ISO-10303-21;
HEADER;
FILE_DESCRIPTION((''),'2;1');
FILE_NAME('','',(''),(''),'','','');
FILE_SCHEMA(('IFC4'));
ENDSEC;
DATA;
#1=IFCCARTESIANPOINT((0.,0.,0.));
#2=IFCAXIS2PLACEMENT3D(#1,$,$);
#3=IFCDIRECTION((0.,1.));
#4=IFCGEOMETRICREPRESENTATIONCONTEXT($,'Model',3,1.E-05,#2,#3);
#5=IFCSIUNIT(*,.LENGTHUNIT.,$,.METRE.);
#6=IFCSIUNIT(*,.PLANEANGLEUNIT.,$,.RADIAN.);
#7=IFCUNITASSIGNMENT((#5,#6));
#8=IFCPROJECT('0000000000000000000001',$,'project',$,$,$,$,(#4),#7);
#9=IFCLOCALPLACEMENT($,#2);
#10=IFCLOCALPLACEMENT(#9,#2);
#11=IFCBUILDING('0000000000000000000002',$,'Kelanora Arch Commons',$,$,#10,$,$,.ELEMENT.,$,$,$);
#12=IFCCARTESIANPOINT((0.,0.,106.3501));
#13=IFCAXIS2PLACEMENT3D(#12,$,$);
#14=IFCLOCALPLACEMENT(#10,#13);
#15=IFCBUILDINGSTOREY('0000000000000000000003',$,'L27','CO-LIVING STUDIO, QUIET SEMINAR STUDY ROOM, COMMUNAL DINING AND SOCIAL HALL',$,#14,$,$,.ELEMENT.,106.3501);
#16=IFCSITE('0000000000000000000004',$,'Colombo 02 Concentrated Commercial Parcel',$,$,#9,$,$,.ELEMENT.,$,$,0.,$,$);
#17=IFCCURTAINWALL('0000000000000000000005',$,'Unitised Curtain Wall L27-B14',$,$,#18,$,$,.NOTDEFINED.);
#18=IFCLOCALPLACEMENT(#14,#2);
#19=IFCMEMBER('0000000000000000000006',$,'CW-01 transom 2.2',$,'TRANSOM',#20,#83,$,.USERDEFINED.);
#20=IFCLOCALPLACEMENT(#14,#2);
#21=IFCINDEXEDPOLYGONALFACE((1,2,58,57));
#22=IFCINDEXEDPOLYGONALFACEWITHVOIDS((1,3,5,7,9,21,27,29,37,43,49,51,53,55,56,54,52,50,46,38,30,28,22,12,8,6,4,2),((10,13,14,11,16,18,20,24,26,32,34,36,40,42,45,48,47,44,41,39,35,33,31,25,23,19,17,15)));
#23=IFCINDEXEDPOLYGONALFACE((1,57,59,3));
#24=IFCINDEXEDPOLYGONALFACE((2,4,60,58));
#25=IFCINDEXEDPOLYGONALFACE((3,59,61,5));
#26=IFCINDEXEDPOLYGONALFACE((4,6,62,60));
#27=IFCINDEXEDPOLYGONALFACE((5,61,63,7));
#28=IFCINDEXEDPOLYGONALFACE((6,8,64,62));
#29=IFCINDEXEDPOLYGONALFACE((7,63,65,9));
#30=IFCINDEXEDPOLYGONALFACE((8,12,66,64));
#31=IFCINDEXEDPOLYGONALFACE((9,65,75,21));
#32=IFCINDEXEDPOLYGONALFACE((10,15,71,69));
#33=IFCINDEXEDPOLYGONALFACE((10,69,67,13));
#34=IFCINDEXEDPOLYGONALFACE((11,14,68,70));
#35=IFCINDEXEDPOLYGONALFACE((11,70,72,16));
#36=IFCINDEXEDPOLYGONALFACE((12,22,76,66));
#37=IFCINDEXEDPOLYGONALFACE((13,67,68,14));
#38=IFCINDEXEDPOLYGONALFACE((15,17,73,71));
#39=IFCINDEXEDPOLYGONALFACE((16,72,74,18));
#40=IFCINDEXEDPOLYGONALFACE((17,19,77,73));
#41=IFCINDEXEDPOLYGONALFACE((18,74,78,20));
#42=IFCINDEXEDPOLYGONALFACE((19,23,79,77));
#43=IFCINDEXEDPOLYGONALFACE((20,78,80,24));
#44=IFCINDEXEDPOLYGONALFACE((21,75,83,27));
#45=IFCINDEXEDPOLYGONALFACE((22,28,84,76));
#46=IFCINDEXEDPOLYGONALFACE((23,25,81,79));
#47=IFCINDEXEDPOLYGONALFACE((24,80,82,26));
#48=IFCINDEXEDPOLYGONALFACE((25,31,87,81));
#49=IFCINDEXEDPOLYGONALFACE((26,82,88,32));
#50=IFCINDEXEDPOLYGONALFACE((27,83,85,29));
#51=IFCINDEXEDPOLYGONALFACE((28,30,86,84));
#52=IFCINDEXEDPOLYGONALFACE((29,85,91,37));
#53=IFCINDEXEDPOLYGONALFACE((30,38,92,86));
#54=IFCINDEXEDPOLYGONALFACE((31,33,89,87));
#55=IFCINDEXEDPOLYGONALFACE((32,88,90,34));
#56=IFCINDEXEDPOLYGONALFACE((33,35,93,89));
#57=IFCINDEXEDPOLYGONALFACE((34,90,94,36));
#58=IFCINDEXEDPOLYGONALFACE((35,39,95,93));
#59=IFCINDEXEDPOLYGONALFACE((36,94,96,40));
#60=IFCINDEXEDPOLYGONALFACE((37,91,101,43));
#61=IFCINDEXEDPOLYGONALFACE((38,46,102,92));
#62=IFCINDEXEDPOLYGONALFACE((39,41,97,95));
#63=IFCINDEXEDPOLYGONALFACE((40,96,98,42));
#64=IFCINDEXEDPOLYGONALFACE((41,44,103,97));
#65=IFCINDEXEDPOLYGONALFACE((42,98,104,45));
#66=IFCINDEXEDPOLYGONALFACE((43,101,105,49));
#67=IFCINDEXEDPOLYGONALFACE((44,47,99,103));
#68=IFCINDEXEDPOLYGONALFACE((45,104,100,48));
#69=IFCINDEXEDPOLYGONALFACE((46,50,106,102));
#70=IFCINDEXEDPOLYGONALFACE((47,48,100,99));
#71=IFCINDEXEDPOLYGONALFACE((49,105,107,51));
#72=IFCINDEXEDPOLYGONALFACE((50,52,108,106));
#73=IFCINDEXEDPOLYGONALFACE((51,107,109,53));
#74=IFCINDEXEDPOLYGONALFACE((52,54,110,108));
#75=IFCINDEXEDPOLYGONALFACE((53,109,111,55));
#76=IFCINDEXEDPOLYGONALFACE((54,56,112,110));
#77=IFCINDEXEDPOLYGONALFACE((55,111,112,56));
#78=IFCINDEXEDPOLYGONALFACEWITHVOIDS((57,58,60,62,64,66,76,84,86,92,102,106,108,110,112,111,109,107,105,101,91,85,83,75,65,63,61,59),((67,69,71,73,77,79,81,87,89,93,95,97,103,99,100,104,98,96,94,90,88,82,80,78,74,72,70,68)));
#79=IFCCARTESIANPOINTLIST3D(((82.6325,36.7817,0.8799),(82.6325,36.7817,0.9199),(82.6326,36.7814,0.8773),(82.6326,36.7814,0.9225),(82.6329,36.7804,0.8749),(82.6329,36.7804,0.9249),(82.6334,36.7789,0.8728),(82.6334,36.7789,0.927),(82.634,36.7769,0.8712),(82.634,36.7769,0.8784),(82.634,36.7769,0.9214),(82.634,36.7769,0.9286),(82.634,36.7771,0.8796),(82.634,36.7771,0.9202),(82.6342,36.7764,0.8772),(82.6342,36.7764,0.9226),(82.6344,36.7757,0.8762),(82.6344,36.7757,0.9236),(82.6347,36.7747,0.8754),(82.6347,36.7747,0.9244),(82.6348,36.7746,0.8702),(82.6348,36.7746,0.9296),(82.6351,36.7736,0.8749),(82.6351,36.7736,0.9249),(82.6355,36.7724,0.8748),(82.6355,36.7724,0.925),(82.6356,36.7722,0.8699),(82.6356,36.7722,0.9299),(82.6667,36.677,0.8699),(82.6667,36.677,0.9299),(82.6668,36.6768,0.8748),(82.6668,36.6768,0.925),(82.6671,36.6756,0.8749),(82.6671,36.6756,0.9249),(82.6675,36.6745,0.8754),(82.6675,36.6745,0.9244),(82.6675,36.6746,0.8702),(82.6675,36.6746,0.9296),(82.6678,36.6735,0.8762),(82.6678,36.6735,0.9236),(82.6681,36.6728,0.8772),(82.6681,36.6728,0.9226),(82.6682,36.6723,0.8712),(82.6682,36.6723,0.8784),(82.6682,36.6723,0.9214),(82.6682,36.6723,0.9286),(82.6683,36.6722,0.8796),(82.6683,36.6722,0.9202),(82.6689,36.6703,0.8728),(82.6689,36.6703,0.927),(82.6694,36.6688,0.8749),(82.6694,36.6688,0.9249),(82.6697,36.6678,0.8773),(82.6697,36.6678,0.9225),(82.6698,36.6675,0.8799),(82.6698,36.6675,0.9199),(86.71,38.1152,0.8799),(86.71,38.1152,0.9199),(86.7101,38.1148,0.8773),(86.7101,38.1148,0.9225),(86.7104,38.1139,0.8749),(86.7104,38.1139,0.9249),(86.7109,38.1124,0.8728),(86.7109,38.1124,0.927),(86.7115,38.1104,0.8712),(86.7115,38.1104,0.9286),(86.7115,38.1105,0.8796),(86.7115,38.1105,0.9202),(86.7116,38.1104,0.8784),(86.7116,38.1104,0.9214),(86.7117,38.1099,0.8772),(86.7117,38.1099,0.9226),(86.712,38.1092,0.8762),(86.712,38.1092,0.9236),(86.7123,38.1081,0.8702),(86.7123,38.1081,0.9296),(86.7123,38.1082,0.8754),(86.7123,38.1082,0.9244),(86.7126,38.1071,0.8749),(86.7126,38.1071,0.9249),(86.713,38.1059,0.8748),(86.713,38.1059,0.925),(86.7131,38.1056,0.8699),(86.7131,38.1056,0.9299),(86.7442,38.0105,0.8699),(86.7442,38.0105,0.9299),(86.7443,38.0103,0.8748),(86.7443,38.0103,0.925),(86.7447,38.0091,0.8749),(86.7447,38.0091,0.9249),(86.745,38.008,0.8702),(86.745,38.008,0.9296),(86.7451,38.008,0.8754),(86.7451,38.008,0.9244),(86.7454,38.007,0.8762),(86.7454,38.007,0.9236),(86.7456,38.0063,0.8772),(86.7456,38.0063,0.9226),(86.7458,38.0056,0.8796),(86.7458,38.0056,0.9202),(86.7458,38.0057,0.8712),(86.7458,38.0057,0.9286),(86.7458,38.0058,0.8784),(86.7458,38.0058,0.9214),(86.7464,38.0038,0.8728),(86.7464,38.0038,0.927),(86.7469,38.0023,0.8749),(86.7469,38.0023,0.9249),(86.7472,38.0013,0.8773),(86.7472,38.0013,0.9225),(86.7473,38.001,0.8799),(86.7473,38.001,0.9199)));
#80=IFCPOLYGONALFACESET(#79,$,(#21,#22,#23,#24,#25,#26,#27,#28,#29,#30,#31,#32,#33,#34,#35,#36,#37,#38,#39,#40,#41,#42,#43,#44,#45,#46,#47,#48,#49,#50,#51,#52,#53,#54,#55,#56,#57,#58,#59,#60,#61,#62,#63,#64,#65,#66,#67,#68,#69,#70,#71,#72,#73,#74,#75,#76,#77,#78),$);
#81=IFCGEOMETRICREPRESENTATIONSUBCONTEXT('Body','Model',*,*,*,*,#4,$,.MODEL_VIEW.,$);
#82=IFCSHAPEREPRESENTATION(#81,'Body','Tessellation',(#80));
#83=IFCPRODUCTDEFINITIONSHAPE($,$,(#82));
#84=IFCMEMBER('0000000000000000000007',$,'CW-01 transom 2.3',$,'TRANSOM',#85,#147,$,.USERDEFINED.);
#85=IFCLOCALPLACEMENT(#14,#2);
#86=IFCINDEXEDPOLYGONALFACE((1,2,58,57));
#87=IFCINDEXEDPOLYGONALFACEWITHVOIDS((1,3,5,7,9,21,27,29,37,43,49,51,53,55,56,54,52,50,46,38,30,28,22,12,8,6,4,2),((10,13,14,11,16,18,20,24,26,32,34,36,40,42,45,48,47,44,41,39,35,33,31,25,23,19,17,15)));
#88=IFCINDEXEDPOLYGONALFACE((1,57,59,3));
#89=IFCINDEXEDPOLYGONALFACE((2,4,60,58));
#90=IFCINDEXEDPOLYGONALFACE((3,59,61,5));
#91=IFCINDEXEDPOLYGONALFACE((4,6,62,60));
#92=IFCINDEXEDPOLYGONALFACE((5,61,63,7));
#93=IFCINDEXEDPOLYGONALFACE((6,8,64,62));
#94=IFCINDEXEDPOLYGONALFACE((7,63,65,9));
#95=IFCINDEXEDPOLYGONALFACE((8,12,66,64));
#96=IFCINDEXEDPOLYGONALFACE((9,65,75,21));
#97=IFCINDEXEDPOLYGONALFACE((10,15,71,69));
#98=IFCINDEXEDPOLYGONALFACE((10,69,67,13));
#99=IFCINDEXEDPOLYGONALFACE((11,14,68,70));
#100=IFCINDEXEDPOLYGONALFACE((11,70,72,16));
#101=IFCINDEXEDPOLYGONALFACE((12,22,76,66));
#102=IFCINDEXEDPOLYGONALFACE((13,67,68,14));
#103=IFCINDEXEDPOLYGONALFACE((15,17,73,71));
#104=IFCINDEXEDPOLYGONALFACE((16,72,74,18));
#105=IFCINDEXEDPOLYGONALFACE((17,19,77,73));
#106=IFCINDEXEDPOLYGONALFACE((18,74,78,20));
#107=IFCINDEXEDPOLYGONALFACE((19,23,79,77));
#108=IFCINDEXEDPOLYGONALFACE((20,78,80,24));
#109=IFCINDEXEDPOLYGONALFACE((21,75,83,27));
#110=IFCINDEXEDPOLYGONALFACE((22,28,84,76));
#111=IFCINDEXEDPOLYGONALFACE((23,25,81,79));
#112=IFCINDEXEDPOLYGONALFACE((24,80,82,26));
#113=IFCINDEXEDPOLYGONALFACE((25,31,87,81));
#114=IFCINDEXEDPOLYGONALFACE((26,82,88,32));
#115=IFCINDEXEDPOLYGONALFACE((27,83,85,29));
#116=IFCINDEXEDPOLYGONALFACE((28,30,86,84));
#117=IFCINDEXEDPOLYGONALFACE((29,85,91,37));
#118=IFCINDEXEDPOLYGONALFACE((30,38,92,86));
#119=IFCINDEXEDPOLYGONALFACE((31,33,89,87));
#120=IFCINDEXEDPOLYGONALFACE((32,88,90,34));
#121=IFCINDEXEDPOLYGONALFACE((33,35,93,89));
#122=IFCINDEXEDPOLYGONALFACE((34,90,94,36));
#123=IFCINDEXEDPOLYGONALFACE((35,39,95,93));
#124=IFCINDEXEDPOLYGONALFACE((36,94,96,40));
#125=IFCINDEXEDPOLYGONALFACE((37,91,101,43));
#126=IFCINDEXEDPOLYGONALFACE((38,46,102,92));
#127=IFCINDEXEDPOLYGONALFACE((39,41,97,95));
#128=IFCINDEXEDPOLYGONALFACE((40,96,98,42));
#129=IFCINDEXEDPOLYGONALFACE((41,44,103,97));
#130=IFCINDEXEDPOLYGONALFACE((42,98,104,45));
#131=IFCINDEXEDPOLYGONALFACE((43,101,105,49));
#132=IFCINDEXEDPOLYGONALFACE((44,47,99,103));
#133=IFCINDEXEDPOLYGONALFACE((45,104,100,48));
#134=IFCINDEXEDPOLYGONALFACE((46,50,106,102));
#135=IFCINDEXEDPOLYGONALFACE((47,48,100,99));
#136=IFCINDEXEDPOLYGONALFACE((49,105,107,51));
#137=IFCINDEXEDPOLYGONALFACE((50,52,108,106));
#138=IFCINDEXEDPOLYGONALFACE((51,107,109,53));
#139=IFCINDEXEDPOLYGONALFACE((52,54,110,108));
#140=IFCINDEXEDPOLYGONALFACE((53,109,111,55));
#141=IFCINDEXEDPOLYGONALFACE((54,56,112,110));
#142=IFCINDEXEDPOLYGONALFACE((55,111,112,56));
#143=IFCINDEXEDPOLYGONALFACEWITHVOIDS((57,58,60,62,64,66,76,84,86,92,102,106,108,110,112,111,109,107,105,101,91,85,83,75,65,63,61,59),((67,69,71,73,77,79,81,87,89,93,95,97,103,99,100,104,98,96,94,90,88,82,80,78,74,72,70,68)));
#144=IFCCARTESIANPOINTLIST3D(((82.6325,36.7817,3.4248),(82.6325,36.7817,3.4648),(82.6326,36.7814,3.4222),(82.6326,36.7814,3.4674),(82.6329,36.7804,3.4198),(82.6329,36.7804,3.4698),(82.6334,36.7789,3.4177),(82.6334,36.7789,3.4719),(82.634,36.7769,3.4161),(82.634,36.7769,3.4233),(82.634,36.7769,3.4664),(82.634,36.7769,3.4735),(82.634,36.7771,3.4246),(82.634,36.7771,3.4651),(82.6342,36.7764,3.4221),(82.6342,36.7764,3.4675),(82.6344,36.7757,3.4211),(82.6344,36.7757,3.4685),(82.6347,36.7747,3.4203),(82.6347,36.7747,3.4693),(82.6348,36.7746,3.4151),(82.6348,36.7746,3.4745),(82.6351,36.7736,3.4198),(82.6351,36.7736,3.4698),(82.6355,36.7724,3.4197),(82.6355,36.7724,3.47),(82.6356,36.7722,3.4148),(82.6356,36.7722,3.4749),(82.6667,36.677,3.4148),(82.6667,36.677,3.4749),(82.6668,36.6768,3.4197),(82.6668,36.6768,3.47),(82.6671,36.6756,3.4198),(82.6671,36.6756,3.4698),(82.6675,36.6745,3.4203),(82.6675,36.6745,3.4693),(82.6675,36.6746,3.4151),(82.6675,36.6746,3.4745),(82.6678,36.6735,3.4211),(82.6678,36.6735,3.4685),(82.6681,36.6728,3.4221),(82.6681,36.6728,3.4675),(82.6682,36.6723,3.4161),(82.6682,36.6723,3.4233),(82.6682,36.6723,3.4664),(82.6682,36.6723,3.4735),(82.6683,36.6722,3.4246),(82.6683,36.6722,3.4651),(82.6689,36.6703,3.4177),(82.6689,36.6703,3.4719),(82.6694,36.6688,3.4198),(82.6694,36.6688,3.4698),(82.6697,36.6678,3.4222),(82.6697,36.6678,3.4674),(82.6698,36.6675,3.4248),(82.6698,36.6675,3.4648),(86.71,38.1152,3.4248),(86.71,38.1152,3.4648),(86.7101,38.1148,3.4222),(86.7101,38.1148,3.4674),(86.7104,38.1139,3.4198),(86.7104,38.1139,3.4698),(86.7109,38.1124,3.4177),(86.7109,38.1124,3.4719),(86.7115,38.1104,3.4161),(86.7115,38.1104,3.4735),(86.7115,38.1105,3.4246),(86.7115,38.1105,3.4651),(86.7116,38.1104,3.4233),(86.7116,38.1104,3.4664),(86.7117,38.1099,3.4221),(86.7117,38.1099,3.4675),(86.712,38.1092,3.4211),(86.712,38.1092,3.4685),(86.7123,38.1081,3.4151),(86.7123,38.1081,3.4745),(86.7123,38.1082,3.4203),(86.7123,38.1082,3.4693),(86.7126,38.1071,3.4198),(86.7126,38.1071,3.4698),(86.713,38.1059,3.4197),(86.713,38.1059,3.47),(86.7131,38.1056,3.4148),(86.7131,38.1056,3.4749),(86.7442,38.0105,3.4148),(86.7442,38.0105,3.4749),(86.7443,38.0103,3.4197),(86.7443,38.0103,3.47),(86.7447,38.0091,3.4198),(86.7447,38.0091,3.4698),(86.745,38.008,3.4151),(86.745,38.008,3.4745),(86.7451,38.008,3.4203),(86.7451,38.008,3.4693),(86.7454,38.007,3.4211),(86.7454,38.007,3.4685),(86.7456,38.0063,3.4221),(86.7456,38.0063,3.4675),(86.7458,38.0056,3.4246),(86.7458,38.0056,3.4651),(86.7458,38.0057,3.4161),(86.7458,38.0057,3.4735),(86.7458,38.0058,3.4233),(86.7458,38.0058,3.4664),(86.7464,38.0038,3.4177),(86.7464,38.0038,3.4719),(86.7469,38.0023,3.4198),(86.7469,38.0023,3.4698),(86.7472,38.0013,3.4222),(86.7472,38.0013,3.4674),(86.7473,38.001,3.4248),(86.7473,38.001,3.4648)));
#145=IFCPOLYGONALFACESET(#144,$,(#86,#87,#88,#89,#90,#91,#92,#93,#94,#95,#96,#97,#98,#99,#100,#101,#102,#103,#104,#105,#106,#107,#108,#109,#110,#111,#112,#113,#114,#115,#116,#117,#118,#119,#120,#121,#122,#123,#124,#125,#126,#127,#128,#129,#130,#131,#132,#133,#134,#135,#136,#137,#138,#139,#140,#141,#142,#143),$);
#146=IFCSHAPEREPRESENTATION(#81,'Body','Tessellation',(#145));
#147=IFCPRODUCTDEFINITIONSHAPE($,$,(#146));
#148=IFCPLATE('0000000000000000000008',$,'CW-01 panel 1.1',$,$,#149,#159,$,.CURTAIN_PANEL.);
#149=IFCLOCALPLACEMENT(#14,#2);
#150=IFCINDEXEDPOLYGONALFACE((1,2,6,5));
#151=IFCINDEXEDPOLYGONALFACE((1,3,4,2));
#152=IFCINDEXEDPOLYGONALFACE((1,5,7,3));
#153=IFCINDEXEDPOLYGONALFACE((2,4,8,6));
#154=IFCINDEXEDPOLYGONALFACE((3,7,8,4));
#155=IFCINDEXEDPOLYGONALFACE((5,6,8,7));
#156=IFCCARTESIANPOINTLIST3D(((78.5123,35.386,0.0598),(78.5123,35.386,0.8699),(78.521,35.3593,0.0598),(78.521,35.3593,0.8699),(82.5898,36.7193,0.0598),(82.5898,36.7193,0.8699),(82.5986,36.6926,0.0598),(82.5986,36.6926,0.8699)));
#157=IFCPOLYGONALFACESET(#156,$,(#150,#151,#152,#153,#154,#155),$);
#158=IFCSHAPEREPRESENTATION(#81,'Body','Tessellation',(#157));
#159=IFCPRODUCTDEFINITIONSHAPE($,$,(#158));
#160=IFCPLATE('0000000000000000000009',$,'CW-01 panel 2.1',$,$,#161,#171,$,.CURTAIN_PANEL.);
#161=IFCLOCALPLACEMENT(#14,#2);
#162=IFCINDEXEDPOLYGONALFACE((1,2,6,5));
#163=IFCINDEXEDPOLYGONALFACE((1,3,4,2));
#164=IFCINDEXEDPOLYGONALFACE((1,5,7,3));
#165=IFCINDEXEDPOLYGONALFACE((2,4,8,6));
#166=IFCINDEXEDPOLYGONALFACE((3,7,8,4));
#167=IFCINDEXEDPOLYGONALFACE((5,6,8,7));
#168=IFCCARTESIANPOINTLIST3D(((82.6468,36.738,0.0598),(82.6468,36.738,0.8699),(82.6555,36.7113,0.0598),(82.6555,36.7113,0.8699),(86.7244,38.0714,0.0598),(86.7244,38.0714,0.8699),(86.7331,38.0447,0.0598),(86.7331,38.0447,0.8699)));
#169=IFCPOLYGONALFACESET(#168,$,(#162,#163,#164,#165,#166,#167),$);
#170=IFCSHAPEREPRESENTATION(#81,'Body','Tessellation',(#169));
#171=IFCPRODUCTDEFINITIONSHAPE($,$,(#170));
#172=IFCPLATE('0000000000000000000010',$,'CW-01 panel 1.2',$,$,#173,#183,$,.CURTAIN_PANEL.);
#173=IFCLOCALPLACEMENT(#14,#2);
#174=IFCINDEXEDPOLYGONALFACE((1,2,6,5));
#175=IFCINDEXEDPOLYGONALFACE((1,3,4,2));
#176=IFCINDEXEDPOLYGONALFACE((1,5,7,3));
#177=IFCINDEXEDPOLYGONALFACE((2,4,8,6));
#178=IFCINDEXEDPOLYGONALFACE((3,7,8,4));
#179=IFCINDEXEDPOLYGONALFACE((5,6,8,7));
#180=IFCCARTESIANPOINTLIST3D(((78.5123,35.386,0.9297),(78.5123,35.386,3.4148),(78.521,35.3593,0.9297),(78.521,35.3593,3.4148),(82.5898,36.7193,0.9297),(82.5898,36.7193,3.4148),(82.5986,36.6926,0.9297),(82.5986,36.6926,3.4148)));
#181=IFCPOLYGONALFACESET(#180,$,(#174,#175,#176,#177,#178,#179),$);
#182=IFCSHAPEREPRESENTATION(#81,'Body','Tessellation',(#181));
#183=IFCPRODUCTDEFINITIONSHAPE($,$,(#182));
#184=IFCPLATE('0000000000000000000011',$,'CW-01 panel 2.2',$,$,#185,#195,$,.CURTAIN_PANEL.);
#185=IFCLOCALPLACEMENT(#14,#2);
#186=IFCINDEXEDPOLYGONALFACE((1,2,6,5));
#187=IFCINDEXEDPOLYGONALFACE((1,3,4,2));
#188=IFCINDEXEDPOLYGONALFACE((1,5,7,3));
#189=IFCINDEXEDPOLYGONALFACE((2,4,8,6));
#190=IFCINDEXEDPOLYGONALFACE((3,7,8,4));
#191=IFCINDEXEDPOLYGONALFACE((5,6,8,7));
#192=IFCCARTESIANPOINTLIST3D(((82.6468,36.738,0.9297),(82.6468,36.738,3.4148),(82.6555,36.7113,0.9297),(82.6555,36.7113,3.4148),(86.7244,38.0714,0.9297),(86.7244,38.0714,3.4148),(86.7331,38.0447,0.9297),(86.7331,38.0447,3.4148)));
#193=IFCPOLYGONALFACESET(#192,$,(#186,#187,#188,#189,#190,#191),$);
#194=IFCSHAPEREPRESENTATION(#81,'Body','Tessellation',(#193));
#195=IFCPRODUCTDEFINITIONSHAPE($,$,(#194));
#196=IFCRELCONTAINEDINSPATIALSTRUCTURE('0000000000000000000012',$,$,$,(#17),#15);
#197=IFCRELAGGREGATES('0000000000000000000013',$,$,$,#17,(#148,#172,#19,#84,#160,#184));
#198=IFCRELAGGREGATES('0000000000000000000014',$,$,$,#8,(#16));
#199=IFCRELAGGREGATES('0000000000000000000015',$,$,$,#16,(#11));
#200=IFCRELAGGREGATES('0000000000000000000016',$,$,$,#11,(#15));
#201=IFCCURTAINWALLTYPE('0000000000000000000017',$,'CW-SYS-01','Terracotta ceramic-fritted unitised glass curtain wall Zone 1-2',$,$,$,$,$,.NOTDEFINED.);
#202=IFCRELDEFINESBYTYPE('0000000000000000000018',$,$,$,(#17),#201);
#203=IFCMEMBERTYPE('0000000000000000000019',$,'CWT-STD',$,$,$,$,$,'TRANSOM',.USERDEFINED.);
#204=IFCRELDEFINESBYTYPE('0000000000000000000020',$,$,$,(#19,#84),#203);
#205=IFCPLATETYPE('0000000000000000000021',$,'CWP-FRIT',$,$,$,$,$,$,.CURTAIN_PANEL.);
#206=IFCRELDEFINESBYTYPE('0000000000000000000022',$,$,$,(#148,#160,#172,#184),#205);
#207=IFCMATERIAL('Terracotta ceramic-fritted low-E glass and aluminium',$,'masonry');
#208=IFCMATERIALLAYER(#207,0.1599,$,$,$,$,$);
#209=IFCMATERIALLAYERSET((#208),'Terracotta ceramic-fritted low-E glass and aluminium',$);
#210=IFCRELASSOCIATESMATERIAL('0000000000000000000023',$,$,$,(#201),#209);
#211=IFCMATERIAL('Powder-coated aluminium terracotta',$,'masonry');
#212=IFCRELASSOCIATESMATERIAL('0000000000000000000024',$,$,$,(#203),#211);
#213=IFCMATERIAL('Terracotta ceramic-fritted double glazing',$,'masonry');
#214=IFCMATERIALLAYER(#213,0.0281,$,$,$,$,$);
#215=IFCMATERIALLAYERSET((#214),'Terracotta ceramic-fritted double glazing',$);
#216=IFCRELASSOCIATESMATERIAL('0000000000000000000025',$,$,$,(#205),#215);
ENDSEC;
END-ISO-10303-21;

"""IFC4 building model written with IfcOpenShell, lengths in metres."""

from ifc_helpers import new_model, si_unit, direction, frame, origin, origin_2d, place, context, subcontext, project, spatial, rectangle, hollow_rectangle, extrude, source, transform, mapped, material, layer, layer_set, material_profile, profile_set, type_object, element, aggregate, save


model = new_model("IFC4")

# Units and contexts
model_context = context("Model", 3, precision=1e-05, world=origin(), true_north=direction((0.0, 1.0)))
body_context = subcontext(model_context, "Body", "Model", "MODEL_VIEW")
ifc_project = project(units=[si_unit("LENGTHUNIT", "METRE"), si_unit("PLANEANGLEUNIT", "RADIAN")], contexts=[model_context])

# Site, building, storey
site_placement = place(None, origin())
site = spatial("IfcSite", under=ifc_project, at=site_placement, Name="Colombo 02 Concentrated Commercial Parcel", CompositionType="ELEMENT", RefElevation=0.0)
building_placement = place(site_placement, origin())
building = spatial("IfcBuilding", under=site, at=building_placement, Name="Kelanora Arch Commons", CompositionType="ELEMENT")
storey_placement = place(building_placement, frame((0.0, 0.0, 106.3501)))
storey = spatial("IfcBuildingStorey", under=building, at=storey_placement, Name="L27", Description="CO-LIVING STUDIO, QUIET SEMINAR STUDY ROOM, COMMUNAL DINING AND SOCIAL HALL", CompositionType="ELEMENT", Elevation=106.3501)

# Curtain wall, members, plates
ifc_material_1 = material(Name="Terracotta ceramic-fritted low-E glass and aluminium", Category="masonry")
ifc_layer_1 = layer(ifc_material_1, 0.1599)
ifc_layer_set_1 = layer_set([ifc_layer_1], Name="Terracotta ceramic-fritted low-E glass and aluminium")
curtain_wall_type = type_object("IfcCurtainWallType", Name="CW-SYS-01", Description="Terracotta ceramic-fritted unitised glass curtain wall Zone 1-2", PredefinedType="NOTDEFINED", material=ifc_layer_set_1)
curtain_wall_placement = place(storey_placement, origin())
curtain_wall = element("IfcCurtainWall", 1, at=curtain_wall_placement, inside=storey, type_object=curtain_wall_type, Name="Unitised Curtain Wall L27-B14", PredefinedType="NOTDEFINED")
ifc_material_2 = material(Name="Powder-coated aluminium terracotta", Category="masonry")
ifc_material_profile_1 = material_profile(ifc_material_2, hollow_rectangle(XDim=0.1201, YDim=0.0601, WallThickness=0.0049, InnerFilletRadius=0.0049, OuterFilletRadius=0.01, at=origin_2d()), Name="CWT120x60")
ifc_profile_set_1 = profile_set([ifc_material_profile_1], Name="Powder-coated aluminium terracotta")
member_type_1 = type_object("IfcMemberType", Name="CWT-STD", ElementType="TRANSOM", PredefinedType="USERDEFINED", material=ifc_profile_set_1)
member_1_placement = place(storey_placement, frame((82.6511, 36.7246, 0.8999), z_axis=(0.950466, 0.310828, 0.0), x_axis=(-0.310828, 0.950466, 0.0)))
member_1 = element("IfcMember", 2, at=member_1_placement, type_object=member_type_1, Name="CW-01 transom 2.2", ObjectType="TRANSOM", PredefinedType="USERDEFINED", context=body_context, shape_type="SweptSolid", body=[
    extrude(hollow_rectangle(XDim=0.1201, YDim=0.0601, WallThickness=0.0049, InnerFilletRadius=0.0049, OuterFilletRadius=0.01, at=origin_2d()), origin(), (0.0, 0.0, 1.0), 4.29),
])
member_2_placement = place(storey_placement, frame((82.6511, 36.7246, 3.4448), z_axis=(0.950466, 0.310828, 0.0), x_axis=(-0.310828, 0.950466, 0.0)))
member_2 = element("IfcMember", 3, at=member_2_placement, type_object=member_type_1, Name="CW-01 transom 2.3", ObjectType="TRANSOM", PredefinedType="USERDEFINED", context=body_context, shape_type="SweptSolid", body=[
    extrude(hollow_rectangle(XDim=0.1201, YDim=0.0601, WallThickness=0.0049, InnerFilletRadius=0.0049, OuterFilletRadius=0.01, at=origin_2d()), origin(), (0.0, 0.0, 1.0), 4.29),
])
ifc_material_3 = material(Name="Terracotta ceramic-fritted double glazing", Category="masonry")
ifc_layer_2 = layer(ifc_material_3, 0.0281)
ifc_layer_set_2 = layer_set([ifc_layer_2], Name="Terracotta ceramic-fritted double glazing")
plate_type = type_object("IfcPlateType", Name="CWP-FRIT", PredefinedType="CURTAIN_PANEL", material=ifc_layer_set_2)
shared_shape_1 = source(origin(), body_context, "Body", "SweptSolid", [
    extrude(rectangle(XDim=4.29, YDim=0.0281, at=origin_2d()), origin(), (0.0, 0.0, 1.0), 0.8101),
])
plate_1_placement = place(storey_placement, frame((80.5554, 36.0393, 0.0598), z_axis=(0.0, 0.0, 1.0), x_axis=(0.950474, 0.310805, 0.0)))
plate_1 = element("IfcPlate", 4, at=plate_1_placement, type_object=plate_type, Name="CW-01 panel 1.1", PredefinedType="CURTAIN_PANEL", context=body_context, shape_type="MappedRepresentation", body=[
    mapped(shared_shape_1, transform((0.0, 0.0, 0.0), scale=1.0)),
])
plate_2_placement = place(storey_placement, frame((84.6899, 37.3914, 0.0598), z_axis=(0.0, 0.0, 1.0), x_axis=(0.950474, 0.310805, 0.0)))
plate_2 = element("IfcPlate", 5, at=plate_2_placement, type_object=plate_type, Name="CW-01 panel 2.1", PredefinedType="CURTAIN_PANEL", context=body_context, shape_type="MappedRepresentation", body=[
    mapped(shared_shape_1, transform((0.0, 0.0, 0.0), scale=1.0)),
])
shared_shape_2 = source(origin(), body_context, "Body", "SweptSolid", [
    extrude(rectangle(XDim=4.29, YDim=0.0281, at=origin_2d()), origin(), (0.0, 0.0, 1.0), 2.4851),
])
plate_3_placement = place(storey_placement, frame((80.5554, 36.0393, 0.9297), z_axis=(0.0, 0.0, 1.0), x_axis=(0.950474, 0.310805, 0.0)))
plate_3 = element("IfcPlate", 6, at=plate_3_placement, type_object=plate_type, Name="CW-01 panel 1.2", PredefinedType="CURTAIN_PANEL", context=body_context, shape_type="MappedRepresentation", body=[
    mapped(shared_shape_2, transform((0.0, 0.0, 0.0), scale=1.0)),
])
plate_4_placement = place(storey_placement, frame((84.6899, 37.3914, 0.9297), z_axis=(0.0, 0.0, 1.0), x_axis=(0.950474, 0.310805, 0.0)))
plate_4 = element("IfcPlate", 7, at=plate_4_placement, type_object=plate_type, Name="CW-01 panel 2.2", PredefinedType="CURTAIN_PANEL", context=body_context, shape_type="MappedRepresentation", body=[
    mapped(shared_shape_2, transform((0.0, 0.0, 0.0), scale=1.0)),
])
aggregate(curtain_wall, [plate_1, plate_3, member_1, member_2, plate_2, plate_4])

save(model, "model.ifc")
